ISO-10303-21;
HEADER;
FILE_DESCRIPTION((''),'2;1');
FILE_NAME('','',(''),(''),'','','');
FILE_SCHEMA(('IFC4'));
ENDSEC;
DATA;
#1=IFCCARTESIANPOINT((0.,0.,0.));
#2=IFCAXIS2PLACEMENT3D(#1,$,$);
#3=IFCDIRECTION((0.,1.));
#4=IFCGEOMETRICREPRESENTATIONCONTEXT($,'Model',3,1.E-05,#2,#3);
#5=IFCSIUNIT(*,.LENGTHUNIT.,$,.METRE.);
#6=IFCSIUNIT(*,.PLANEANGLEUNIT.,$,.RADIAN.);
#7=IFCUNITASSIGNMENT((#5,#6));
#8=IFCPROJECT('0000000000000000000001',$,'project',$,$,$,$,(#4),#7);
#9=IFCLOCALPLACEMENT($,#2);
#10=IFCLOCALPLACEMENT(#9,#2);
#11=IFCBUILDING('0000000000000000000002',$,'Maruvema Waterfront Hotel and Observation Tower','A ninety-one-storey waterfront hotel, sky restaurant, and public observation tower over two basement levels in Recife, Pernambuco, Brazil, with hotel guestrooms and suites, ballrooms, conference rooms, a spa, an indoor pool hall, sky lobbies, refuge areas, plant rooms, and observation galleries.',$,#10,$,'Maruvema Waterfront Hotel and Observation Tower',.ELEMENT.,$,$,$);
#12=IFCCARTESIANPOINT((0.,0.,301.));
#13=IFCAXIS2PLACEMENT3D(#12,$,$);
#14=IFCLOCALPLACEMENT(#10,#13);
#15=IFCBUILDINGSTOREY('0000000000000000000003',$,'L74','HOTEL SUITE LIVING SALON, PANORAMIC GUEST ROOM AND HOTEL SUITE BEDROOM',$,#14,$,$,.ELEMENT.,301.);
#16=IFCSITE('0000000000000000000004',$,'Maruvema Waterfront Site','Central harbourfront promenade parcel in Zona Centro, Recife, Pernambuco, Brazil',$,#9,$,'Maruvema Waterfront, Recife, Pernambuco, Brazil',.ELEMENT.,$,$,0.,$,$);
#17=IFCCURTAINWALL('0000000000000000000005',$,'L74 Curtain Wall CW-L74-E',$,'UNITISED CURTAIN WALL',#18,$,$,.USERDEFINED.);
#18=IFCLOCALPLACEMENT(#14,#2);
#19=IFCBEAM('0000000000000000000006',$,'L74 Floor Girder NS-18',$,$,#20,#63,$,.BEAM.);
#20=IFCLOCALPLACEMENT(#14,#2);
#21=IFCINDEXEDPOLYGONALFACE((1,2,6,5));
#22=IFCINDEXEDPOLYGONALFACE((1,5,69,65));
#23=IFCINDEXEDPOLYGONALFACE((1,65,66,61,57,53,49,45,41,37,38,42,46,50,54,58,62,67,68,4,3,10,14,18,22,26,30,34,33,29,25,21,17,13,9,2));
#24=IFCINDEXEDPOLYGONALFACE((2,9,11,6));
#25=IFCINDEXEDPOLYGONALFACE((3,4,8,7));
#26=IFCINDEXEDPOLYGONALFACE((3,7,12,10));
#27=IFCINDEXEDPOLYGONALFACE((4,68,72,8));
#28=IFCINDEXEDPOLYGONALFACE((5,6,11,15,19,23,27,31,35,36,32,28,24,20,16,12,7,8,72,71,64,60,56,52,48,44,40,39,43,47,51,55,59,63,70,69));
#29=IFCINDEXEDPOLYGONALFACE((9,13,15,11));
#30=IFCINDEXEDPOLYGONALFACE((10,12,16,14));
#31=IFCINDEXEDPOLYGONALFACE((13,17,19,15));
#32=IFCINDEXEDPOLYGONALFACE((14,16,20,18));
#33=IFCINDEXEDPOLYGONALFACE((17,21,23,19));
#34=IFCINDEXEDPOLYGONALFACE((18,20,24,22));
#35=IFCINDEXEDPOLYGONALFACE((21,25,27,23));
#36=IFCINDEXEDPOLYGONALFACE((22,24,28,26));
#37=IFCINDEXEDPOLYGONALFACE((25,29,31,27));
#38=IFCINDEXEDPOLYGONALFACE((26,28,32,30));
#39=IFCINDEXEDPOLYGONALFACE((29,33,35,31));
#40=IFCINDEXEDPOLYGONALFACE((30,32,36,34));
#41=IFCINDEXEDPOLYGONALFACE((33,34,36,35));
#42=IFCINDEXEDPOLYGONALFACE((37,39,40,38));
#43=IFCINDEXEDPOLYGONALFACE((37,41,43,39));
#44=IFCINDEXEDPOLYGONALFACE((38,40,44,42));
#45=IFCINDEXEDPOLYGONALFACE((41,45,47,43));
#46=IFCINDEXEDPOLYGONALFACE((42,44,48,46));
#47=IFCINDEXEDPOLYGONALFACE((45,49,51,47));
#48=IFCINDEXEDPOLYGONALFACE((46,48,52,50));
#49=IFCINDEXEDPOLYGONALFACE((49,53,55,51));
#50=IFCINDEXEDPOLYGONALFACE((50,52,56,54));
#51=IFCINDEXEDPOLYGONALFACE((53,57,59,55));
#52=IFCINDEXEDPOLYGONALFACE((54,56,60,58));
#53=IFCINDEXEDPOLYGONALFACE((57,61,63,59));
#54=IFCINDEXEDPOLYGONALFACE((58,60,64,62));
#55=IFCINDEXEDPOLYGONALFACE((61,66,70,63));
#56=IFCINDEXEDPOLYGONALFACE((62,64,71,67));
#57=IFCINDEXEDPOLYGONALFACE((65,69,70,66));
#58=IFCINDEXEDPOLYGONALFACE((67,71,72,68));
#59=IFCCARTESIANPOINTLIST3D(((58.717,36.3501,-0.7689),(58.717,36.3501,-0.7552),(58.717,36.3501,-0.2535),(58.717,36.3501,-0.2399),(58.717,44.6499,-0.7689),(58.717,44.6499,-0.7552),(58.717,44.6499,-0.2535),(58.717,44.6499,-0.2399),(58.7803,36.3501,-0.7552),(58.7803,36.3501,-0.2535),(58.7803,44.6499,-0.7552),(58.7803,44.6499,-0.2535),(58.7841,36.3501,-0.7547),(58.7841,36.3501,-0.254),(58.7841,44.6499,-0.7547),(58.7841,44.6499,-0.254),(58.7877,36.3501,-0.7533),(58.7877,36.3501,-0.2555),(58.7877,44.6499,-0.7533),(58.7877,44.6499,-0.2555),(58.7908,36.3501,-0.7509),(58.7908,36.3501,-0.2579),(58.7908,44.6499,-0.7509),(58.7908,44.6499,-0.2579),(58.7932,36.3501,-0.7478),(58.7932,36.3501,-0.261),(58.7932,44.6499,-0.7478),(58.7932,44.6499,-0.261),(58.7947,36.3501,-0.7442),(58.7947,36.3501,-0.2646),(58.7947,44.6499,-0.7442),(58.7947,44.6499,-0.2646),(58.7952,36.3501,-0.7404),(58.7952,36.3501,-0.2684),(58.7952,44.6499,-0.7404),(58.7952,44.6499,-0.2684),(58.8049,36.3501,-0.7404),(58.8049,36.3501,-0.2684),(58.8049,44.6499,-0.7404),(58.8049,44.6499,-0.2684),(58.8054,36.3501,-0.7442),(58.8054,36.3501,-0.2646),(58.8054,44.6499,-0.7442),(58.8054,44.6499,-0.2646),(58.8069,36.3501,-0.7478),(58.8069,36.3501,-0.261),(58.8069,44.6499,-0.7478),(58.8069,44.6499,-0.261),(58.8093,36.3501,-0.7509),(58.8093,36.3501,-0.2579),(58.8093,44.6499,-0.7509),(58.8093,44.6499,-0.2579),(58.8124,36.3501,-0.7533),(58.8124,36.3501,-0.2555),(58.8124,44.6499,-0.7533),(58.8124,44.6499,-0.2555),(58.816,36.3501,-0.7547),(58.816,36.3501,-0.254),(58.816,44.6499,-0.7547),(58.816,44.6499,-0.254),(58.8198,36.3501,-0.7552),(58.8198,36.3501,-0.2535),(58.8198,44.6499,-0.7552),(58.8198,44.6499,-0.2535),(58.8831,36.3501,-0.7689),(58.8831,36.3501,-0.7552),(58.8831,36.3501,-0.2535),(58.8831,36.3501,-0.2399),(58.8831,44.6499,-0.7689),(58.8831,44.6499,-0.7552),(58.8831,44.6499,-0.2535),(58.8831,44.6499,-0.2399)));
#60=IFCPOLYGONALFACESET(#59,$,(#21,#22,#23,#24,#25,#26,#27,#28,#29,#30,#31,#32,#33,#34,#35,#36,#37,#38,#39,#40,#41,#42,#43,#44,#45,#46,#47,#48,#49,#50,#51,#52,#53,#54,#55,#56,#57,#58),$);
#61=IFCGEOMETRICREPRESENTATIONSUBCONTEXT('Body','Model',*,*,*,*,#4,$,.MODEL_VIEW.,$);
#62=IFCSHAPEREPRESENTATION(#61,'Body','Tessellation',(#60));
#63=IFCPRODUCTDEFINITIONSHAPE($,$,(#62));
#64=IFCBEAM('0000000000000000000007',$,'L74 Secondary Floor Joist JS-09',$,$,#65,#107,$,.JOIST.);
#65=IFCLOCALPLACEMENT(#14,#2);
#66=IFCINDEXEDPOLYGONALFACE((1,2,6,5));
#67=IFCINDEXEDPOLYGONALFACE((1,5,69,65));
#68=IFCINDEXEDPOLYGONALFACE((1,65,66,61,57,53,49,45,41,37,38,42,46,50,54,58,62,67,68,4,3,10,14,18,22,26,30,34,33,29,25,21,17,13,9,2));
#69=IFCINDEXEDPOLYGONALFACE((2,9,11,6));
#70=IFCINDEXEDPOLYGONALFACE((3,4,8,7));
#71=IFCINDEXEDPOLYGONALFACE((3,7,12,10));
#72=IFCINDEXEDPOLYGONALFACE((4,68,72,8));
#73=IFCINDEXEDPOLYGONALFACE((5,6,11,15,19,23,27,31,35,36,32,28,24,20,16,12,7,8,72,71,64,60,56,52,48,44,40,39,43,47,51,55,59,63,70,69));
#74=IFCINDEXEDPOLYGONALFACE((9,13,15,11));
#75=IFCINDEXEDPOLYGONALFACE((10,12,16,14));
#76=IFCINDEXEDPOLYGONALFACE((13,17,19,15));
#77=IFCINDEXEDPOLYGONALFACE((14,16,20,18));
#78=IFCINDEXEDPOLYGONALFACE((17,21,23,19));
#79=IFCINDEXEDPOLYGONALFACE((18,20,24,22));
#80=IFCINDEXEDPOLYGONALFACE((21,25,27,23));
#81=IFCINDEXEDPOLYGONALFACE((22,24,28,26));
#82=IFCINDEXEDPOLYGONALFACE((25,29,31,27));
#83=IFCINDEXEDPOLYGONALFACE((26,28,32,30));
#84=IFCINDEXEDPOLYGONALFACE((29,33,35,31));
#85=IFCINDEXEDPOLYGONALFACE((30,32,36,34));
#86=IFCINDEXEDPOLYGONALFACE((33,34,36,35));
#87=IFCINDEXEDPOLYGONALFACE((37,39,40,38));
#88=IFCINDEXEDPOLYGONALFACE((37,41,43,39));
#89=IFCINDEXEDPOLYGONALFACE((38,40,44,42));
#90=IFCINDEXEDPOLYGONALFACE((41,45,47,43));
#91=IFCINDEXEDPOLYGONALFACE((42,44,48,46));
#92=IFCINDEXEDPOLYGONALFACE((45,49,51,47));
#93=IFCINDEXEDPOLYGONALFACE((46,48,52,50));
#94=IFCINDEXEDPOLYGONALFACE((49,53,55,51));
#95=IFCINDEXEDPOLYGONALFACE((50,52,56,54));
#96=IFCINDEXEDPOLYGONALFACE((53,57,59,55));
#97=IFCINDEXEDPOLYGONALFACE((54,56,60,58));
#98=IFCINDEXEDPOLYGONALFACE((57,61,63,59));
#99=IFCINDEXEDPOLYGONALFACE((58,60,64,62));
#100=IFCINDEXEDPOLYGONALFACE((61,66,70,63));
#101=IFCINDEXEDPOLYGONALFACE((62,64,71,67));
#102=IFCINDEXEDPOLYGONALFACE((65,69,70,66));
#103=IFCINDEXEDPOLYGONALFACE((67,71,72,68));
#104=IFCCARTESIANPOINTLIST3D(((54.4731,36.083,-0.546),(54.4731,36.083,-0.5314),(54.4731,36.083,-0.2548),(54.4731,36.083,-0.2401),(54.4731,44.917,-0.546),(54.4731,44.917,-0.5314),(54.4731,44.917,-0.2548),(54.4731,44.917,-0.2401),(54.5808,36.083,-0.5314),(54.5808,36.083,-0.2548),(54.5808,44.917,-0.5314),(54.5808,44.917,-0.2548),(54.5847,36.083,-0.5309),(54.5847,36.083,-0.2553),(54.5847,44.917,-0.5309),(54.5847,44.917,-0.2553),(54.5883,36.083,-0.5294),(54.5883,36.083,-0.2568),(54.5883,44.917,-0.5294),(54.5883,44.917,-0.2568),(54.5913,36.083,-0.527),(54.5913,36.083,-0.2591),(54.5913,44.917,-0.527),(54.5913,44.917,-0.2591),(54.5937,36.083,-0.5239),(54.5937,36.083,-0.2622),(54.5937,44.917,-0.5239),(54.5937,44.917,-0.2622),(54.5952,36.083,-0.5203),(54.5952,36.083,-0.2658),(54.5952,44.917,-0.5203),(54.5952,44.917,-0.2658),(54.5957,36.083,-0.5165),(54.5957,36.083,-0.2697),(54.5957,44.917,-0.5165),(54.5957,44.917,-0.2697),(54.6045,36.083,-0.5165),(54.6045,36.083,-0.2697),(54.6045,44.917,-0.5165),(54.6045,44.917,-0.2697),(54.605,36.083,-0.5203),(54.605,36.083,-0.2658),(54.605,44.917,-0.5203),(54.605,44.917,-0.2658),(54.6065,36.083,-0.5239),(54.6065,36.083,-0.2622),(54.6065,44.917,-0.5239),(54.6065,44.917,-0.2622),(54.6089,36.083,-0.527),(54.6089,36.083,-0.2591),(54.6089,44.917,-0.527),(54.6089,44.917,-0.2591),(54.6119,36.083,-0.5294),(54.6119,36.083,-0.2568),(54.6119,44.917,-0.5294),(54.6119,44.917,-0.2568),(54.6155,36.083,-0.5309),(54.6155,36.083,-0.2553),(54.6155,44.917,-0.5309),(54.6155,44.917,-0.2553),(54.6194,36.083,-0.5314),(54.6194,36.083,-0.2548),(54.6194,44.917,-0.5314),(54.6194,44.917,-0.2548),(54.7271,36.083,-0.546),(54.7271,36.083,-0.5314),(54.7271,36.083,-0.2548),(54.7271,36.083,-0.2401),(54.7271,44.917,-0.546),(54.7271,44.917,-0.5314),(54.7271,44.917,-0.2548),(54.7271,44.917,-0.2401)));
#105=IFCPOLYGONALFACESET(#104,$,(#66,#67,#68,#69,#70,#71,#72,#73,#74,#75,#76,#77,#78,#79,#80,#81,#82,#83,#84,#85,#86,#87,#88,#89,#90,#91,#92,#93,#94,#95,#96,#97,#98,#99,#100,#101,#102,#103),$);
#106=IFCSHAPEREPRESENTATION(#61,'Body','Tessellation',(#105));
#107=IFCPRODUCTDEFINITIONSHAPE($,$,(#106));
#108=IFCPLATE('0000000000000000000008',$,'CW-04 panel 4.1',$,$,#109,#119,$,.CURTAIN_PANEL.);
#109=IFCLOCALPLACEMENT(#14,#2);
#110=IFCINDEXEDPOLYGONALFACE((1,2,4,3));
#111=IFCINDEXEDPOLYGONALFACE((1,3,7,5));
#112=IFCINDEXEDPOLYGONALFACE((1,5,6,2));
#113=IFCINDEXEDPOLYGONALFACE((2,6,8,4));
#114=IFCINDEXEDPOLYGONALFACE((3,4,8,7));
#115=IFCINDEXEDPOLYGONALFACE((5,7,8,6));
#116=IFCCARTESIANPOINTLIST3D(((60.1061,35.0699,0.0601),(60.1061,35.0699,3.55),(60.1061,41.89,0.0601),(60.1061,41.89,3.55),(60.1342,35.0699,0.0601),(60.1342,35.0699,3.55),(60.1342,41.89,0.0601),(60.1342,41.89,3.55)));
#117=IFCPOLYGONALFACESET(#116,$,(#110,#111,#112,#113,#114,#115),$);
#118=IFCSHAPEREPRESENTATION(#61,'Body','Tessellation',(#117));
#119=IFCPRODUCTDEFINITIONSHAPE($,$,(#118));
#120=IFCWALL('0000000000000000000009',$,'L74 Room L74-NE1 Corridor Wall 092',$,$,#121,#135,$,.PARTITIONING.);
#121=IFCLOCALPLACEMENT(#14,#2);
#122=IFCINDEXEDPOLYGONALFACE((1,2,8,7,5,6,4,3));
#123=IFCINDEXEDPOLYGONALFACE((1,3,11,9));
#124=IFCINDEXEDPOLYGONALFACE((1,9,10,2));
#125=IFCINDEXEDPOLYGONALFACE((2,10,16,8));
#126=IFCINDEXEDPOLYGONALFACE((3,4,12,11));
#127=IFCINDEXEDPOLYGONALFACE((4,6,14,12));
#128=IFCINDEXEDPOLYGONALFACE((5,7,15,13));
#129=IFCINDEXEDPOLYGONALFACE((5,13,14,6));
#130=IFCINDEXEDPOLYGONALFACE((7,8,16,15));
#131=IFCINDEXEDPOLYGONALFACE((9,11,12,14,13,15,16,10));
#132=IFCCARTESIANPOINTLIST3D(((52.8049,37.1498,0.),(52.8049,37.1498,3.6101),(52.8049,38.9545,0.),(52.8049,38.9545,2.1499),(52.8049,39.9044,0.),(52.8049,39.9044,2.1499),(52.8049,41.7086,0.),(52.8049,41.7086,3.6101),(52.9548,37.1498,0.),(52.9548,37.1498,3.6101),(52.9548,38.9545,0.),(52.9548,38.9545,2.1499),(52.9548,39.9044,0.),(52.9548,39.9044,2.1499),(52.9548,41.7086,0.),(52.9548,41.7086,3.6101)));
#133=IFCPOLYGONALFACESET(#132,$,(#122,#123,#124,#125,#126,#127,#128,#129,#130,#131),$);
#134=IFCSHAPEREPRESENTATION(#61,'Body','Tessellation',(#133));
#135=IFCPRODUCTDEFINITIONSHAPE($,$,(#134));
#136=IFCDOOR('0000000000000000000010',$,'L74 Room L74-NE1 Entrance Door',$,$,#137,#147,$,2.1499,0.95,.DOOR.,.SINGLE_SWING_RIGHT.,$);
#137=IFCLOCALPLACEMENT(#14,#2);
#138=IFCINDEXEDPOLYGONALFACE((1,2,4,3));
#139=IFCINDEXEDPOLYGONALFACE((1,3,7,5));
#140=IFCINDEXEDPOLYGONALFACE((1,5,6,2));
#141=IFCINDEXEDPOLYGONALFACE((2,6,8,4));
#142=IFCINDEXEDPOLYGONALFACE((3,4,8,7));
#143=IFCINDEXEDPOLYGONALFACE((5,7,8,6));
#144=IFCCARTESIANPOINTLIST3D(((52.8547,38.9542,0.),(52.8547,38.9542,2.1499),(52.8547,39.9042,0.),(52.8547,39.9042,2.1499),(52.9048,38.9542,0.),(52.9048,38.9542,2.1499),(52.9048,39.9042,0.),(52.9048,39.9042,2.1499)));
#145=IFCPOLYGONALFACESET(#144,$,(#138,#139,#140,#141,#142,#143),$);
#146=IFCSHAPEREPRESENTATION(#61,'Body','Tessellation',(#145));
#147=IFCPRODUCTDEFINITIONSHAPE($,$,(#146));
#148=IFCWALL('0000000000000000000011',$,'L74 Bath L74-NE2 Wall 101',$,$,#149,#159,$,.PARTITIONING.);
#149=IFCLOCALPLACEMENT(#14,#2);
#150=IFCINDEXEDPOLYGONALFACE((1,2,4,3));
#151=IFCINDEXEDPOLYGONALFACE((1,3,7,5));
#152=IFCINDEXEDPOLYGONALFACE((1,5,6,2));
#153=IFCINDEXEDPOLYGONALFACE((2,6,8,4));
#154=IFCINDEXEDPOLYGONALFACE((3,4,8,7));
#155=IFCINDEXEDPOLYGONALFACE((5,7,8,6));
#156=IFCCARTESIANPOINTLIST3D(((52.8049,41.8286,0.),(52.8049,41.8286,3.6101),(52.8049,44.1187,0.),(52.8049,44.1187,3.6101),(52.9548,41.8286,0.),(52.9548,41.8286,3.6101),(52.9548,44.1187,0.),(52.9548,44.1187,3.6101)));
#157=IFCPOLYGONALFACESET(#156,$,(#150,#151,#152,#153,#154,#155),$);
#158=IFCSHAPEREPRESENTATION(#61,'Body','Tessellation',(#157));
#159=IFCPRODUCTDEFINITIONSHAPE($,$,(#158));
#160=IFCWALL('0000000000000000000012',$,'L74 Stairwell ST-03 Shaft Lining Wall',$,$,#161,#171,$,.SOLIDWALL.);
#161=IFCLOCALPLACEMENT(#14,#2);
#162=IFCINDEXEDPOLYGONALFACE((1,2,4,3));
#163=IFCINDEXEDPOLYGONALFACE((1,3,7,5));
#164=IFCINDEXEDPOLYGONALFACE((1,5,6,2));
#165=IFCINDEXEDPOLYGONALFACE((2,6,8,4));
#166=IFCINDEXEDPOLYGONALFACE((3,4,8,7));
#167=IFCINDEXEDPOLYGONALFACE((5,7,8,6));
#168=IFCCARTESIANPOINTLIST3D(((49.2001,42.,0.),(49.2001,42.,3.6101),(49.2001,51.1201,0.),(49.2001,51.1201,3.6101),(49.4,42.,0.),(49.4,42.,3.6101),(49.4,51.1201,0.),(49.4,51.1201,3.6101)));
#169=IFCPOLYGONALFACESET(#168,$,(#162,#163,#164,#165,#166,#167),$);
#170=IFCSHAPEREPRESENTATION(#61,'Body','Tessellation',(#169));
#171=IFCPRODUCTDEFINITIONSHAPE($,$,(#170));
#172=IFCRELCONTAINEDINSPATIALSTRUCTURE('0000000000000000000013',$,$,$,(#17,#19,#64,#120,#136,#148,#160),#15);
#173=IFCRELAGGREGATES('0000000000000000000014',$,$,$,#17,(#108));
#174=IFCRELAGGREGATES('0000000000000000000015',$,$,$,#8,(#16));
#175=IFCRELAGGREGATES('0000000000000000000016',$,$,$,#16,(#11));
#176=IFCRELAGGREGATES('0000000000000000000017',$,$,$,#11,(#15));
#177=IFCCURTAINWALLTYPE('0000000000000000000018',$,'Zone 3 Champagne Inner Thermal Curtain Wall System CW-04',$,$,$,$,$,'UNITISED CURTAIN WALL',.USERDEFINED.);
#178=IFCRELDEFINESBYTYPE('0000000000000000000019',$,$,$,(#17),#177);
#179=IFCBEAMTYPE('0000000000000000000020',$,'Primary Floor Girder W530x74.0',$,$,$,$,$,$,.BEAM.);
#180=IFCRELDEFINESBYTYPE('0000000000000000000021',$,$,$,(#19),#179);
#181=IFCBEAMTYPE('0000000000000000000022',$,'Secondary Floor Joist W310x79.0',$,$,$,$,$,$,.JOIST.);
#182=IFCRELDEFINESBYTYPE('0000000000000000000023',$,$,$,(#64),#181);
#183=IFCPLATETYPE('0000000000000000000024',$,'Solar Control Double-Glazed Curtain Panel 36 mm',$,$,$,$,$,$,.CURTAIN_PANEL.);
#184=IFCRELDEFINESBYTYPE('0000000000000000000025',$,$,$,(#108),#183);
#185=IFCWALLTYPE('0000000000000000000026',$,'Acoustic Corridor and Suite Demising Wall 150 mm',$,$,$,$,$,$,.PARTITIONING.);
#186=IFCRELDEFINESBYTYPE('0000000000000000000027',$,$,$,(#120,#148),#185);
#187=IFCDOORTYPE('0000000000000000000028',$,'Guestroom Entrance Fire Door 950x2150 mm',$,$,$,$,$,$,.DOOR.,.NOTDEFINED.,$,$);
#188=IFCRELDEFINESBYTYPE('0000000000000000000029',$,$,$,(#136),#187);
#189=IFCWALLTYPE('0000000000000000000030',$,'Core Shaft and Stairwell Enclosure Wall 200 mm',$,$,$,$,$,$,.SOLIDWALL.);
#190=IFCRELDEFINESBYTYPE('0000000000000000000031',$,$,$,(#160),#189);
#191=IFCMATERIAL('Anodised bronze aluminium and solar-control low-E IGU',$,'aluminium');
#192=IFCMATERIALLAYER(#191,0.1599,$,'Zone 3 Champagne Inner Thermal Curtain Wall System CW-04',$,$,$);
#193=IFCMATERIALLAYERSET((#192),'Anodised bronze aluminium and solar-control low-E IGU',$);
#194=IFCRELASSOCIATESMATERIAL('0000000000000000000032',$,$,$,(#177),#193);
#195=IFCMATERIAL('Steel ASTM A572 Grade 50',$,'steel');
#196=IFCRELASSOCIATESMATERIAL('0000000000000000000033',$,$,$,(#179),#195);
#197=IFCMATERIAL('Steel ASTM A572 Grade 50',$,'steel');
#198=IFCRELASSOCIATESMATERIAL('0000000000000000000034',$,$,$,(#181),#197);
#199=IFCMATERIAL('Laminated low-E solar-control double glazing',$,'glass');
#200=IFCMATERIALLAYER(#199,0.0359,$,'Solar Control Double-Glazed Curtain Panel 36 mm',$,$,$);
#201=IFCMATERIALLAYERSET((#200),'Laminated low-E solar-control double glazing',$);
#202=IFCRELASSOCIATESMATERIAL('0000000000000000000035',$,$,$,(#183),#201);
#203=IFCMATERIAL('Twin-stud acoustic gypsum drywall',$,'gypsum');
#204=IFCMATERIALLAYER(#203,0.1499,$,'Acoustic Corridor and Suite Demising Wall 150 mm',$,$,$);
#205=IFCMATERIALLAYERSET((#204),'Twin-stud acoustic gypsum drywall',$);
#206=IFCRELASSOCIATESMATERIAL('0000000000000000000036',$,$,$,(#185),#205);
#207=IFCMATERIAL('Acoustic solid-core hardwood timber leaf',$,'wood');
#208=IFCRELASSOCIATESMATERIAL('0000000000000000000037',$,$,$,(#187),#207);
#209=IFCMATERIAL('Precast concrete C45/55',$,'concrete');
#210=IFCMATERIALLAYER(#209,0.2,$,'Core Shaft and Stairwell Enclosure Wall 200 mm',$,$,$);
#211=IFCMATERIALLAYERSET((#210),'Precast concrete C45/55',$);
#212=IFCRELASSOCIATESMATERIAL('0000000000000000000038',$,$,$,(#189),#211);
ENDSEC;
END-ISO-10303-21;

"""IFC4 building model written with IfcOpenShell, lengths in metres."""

from ifc_helpers import new_model, si_unit, direction, frame, frame_2d, origin, origin_2d, place, context, subcontext, project, spatial, rectangle, i_section, extrude, material, layer, layer_set, material_profile, profile_set, type_object, element, fill, aggregate, save


model = new_model("IFC4")

# Units and contexts
model_context = context("Model", 3, precision=1e-05, world=origin(), true_north=direction((0.0, 1.0)))
body_context = subcontext(model_context, "Body", "Model", "MODEL_VIEW")
ifc_project = project(units=[si_unit("LENGTHUNIT", "METRE"), si_unit("PLANEANGLEUNIT", "RADIAN")], contexts=[model_context])

# Site, building, storey
site_placement = place(None, origin())
site = spatial("IfcSite", under=ifc_project, at=site_placement, Name="Maruvema Waterfront Site", Description="Central harbourfront promenade parcel in Zona Centro, Recife, Pernambuco, Brazil", LongName="Maruvema Waterfront, Recife, Pernambuco, Brazil", CompositionType="ELEMENT", RefElevation=0.0)
building_placement = place(site_placement, origin())
building = spatial("IfcBuilding", under=site, at=building_placement, Name="Maruvema Waterfront Hotel and Observation Tower", Description="A ninety-one-storey waterfront hotel, sky restaurant, and public observation tower over two basement levels in Recife, Pernambuco, Brazil, with hotel guestrooms and suites, ballrooms, conference rooms, a spa, an indoor pool hall, sky lobbies, refuge areas, plant rooms, and observation galleries.", LongName="Maruvema Waterfront Hotel and Observation Tower", CompositionType="ELEMENT")
storey_placement = place(building_placement, frame((0.0, 0.0, 301.0)))
storey = spatial("IfcBuildingStorey", under=building, at=storey_placement, Name="L74", Description="HOTEL SUITE LIVING SALON, PANORAMIC GUEST ROOM AND HOTEL SUITE BEDROOM", CompositionType="ELEMENT", Elevation=301.0)

# Curtain wall
ifc_material_1 = material(Name="Anodised bronze aluminium and solar-control low-E IGU", Category="aluminium")
ifc_layer_1 = layer(ifc_material_1, 0.1599, Name="Zone 3 Champagne Inner Thermal Curtain Wall System CW-04")
ifc_layer_set_1 = layer_set([ifc_layer_1], Name="Anodised bronze aluminium and solar-control low-E IGU")
curtain_wall_type = type_object("IfcCurtainWallType", Name="Zone 3 Champagne Inner Thermal Curtain Wall System CW-04", ElementType="UNITISED CURTAIN WALL", PredefinedType="USERDEFINED", material=ifc_layer_set_1)
curtain_wall_placement = place(storey_placement, origin())
curtain_wall = element("IfcCurtainWall", 1, at=curtain_wall_placement, inside=storey, type_object=curtain_wall_type, Name="L74 Curtain Wall CW-L74-E", ObjectType="UNITISED CURTAIN WALL", PredefinedType="USERDEFINED")

# Beams
ifc_material_2 = material(Name="Steel ASTM A572 Grade 50", Category="steel")
ifc_material_profile_1 = material_profile(ifc_material_2, i_section(OverallWidth=0.166, OverallDepth=0.5291, WebThickness=0.0098, FlangeThickness=0.0137, FilletRadius=0.0149, at=origin_2d()), Name="W530x74.0")
ifc_profile_set_1 = profile_set([ifc_material_profile_1], Name="Steel ASTM A572 Grade 50")
beam_type_1 = type_object("IfcBeamType", Name="Primary Floor Girder W530x74.0", PredefinedType="BEAM", material=ifc_profile_set_1)
beam_1_placement = place(storey_placement, frame((58.8, 36.3501, -0.5044), z_axis=(0.0, 1.0, 0.0), x_axis=(-1.0, 0.0, 0.0)))
element("IfcBeam", 2, at=beam_1_placement, inside=storey, type_object=beam_type_1, Name="L74 Floor Girder NS-18", PredefinedType="BEAM", context=body_context, shape_type="SweptSolid", body=[
    extrude(i_section(OverallWidth=0.166, OverallDepth=0.5291, WebThickness=0.0098, FlangeThickness=0.0137, FilletRadius=0.0149, at=origin_2d()), origin(), (0.0, 0.0, 1.0), 8.2998),
])
ifc_material_3 = material(Name="Steel ASTM A572 Grade 50", Category="steel")
ifc_material_profile_2 = material_profile(ifc_material_3, i_section(OverallWidth=0.2539, OverallDepth=0.3059, WebThickness=0.0088, FlangeThickness=0.0146, FilletRadius=0.0149, at=origin_2d()), Name="W310x79.0")
ifc_profile_set_2 = profile_set([ifc_material_profile_2], Name="Steel ASTM A572 Grade 50")
beam_type_2 = type_object("IfcBeamType", Name="Secondary Floor Joist W310x79.0", PredefinedType="JOIST", material=ifc_profile_set_2)
beam_2_placement = place(storey_placement, frame((54.6001, 36.083, -0.3931), z_axis=(0.0, 1.0, 0.0), x_axis=(-1.0, 0.0, 0.0)))
element("IfcBeam", 3, at=beam_2_placement, inside=storey, type_object=beam_type_2, Name="L74 Secondary Floor Joist JS-09", PredefinedType="JOIST", context=body_context, shape_type="SweptSolid", body=[
    extrude(i_section(OverallWidth=0.2539, OverallDepth=0.3059, WebThickness=0.0088, FlangeThickness=0.0146, FilletRadius=0.0149, at=origin_2d()), origin(), (0.0, 0.0, 1.0), 8.834),
])

# Plate
ifc_material_4 = material(Name="Laminated low-E solar-control double glazing", Category="glass")
ifc_layer_2 = layer(ifc_material_4, 0.0359, Name="Solar Control Double-Glazed Curtain Panel 36 mm")
ifc_layer_set_2 = layer_set([ifc_layer_2], Name="Laminated low-E solar-control double glazing")
plate_type = type_object("IfcPlateType", Name="Solar Control Double-Glazed Curtain Panel 36 mm", PredefinedType="CURTAIN_PANEL", material=ifc_layer_set_2)
plate_placement = place(storey_placement, frame((60.1201, 38.48, 0.0601), z_axis=(0.0, 0.0, 1.0), x_axis=(0.0, 1.0, 0.0)))
plate = element("IfcPlate", 4, at=plate_placement, type_object=plate_type, Name="CW-04 panel 4.1", PredefinedType="CURTAIN_PANEL", context=body_context, shape_type="SweptSolid", body=[
    extrude(rectangle(XDim=6.8201, YDim=0.0281, at=origin_2d()), origin(), (0.0, 0.0, 1.0), 3.49),
])
aggregate(curtain_wall, [plate])

# Wall, opening, door
ifc_material_5 = material(Name="Twin-stud acoustic gypsum drywall", Category="gypsum")
ifc_layer_3 = layer(ifc_material_5, 0.1499, Name="Acoustic Corridor and Suite Demising Wall 150 mm")
ifc_layer_set_3 = layer_set([ifc_layer_3], Name="Twin-stud acoustic gypsum drywall")
wall_type_1 = type_object("IfcWallType", Name="Acoustic Corridor and Suite Demising Wall 150 mm", PredefinedType="PARTITIONING", material=ifc_layer_set_3)
wall_1_placement = place(storey_placement, frame((52.8799, 37.1499, 0.0), z_axis=(0.0, 0.0, 1.0), x_axis=(0.0, 1.0, 0.0)))
wall_1 = element("IfcWall", 5, at=wall_1_placement, inside=storey, type_object=wall_type_1, Name="L74 Room L74-NE1 Corridor Wall 092", PredefinedType="PARTITIONING", context=body_context, shape_type="SweptSolid", body=[
    extrude(rectangle(XDim=4.5588, YDim=0.1499, at=frame_2d((2.2793, 0.0))), origin(), (0.0, 0.0, 1.0), 3.6101),
])
opening_1_placement = place(wall_1_placement, frame((1.8044, 0.0, 0.0)))
opening_1 = element("IfcOpeningElement", 6, at=opening_1_placement, cuts=wall_1, PredefinedType="OPENING", context=body_context, shape_type="SweptSolid", body=[
    extrude(rectangle(XDim=0.95, YDim=2.1499, at=frame_2d((0.4751, 1.075))), frame((0.0, 0.085, 0.0), z_axis=(0.0, -1.0, 0.0), x_axis=(1.0, 0.0, 0.0)), (0.0, 0.0, 1.0), 0.1699),
])
ifc_material_6 = material(Name="Acoustic solid-core hardwood timber leaf", Category="wood")
door_type_1 = type_object("IfcDoorType", Name="Guestroom Entrance Fire Door 950x2150 mm", OperationType="NOTDEFINED", PredefinedType="DOOR", material=ifc_material_6)
door_1_placement = place(opening_1_placement, frame((0.95, 0.0, 0.0), z_axis=(0.0, 0.0, 1.0), x_axis=(-1.0, 0.0, 0.0)))
door_1 = element("IfcDoor", 7, at=door_1_placement, inside=storey, type_object=door_type_1, Name="L74 Room L74-NE1 Entrance Door", OperationType="SINGLE_SWING_RIGHT", OverallHeight=2.1499, OverallWidth=0.95, PredefinedType="DOOR", context=body_context, shape_type="SweptSolid", body=[
    extrude(rectangle(XDim=0.95, YDim=2.1499, at=frame_2d((0.4751, 1.075))), frame((0.0, 0.0249, 0.0), z_axis=(0.0, -1.0, 0.0), x_axis=(1.0, 0.0, 0.0)), (0.0, 0.0, 1.0), 0.05),
])
fill(opening_1, door_1)

# Walls
wall_2_placement = place(storey_placement, frame((52.8799, 41.8286, 0.0), z_axis=(0.0, 0.0, 1.0), x_axis=(0.0, 1.0, 0.0)))
element("IfcWall", 8, at=wall_2_placement, inside=storey, type_object=wall_type_1, Name="L74 Bath L74-NE2 Wall 101", PredefinedType="PARTITIONING", context=body_context, shape_type="SweptSolid", body=[
    extrude(rectangle(XDim=2.29, YDim=0.1499, at=frame_2d((1.145, 0.0))), origin(), (0.0, 0.0, 1.0), 3.6101),
])
ifc_material_7 = material(Name="Precast concrete C45/55", Category="concrete")
ifc_layer_4 = layer(ifc_material_7, 0.2, Name="Core Shaft and Stairwell Enclosure Wall 200 mm")
ifc_layer_set_4 = layer_set([ifc_layer_4], Name="Precast concrete C45/55")
wall_type_2 = type_object("IfcWallType", Name="Core Shaft and Stairwell Enclosure Wall 200 mm", PredefinedType="SOLIDWALL", material=ifc_layer_set_4)
wall_3_placement = place(storey_placement, frame((49.3, 42.0, 0.0), z_axis=(0.0, 0.0, 1.0), x_axis=(0.0, 1.0, 0.0)))
element("IfcWall", 9, at=wall_3_placement, inside=storey, type_object=wall_type_2, Name="L74 Stairwell ST-03 Shaft Lining Wall", PredefinedType="SOLIDWALL", context=body_context, shape_type="SweptSolid", body=[
    extrude(rectangle(XDim=9.1201, YDim=0.2, at=frame_2d((4.5601, 0.0))), origin(), (0.0, 0.0, 1.0), 3.6101),
])

save(model, "model.ifc")
